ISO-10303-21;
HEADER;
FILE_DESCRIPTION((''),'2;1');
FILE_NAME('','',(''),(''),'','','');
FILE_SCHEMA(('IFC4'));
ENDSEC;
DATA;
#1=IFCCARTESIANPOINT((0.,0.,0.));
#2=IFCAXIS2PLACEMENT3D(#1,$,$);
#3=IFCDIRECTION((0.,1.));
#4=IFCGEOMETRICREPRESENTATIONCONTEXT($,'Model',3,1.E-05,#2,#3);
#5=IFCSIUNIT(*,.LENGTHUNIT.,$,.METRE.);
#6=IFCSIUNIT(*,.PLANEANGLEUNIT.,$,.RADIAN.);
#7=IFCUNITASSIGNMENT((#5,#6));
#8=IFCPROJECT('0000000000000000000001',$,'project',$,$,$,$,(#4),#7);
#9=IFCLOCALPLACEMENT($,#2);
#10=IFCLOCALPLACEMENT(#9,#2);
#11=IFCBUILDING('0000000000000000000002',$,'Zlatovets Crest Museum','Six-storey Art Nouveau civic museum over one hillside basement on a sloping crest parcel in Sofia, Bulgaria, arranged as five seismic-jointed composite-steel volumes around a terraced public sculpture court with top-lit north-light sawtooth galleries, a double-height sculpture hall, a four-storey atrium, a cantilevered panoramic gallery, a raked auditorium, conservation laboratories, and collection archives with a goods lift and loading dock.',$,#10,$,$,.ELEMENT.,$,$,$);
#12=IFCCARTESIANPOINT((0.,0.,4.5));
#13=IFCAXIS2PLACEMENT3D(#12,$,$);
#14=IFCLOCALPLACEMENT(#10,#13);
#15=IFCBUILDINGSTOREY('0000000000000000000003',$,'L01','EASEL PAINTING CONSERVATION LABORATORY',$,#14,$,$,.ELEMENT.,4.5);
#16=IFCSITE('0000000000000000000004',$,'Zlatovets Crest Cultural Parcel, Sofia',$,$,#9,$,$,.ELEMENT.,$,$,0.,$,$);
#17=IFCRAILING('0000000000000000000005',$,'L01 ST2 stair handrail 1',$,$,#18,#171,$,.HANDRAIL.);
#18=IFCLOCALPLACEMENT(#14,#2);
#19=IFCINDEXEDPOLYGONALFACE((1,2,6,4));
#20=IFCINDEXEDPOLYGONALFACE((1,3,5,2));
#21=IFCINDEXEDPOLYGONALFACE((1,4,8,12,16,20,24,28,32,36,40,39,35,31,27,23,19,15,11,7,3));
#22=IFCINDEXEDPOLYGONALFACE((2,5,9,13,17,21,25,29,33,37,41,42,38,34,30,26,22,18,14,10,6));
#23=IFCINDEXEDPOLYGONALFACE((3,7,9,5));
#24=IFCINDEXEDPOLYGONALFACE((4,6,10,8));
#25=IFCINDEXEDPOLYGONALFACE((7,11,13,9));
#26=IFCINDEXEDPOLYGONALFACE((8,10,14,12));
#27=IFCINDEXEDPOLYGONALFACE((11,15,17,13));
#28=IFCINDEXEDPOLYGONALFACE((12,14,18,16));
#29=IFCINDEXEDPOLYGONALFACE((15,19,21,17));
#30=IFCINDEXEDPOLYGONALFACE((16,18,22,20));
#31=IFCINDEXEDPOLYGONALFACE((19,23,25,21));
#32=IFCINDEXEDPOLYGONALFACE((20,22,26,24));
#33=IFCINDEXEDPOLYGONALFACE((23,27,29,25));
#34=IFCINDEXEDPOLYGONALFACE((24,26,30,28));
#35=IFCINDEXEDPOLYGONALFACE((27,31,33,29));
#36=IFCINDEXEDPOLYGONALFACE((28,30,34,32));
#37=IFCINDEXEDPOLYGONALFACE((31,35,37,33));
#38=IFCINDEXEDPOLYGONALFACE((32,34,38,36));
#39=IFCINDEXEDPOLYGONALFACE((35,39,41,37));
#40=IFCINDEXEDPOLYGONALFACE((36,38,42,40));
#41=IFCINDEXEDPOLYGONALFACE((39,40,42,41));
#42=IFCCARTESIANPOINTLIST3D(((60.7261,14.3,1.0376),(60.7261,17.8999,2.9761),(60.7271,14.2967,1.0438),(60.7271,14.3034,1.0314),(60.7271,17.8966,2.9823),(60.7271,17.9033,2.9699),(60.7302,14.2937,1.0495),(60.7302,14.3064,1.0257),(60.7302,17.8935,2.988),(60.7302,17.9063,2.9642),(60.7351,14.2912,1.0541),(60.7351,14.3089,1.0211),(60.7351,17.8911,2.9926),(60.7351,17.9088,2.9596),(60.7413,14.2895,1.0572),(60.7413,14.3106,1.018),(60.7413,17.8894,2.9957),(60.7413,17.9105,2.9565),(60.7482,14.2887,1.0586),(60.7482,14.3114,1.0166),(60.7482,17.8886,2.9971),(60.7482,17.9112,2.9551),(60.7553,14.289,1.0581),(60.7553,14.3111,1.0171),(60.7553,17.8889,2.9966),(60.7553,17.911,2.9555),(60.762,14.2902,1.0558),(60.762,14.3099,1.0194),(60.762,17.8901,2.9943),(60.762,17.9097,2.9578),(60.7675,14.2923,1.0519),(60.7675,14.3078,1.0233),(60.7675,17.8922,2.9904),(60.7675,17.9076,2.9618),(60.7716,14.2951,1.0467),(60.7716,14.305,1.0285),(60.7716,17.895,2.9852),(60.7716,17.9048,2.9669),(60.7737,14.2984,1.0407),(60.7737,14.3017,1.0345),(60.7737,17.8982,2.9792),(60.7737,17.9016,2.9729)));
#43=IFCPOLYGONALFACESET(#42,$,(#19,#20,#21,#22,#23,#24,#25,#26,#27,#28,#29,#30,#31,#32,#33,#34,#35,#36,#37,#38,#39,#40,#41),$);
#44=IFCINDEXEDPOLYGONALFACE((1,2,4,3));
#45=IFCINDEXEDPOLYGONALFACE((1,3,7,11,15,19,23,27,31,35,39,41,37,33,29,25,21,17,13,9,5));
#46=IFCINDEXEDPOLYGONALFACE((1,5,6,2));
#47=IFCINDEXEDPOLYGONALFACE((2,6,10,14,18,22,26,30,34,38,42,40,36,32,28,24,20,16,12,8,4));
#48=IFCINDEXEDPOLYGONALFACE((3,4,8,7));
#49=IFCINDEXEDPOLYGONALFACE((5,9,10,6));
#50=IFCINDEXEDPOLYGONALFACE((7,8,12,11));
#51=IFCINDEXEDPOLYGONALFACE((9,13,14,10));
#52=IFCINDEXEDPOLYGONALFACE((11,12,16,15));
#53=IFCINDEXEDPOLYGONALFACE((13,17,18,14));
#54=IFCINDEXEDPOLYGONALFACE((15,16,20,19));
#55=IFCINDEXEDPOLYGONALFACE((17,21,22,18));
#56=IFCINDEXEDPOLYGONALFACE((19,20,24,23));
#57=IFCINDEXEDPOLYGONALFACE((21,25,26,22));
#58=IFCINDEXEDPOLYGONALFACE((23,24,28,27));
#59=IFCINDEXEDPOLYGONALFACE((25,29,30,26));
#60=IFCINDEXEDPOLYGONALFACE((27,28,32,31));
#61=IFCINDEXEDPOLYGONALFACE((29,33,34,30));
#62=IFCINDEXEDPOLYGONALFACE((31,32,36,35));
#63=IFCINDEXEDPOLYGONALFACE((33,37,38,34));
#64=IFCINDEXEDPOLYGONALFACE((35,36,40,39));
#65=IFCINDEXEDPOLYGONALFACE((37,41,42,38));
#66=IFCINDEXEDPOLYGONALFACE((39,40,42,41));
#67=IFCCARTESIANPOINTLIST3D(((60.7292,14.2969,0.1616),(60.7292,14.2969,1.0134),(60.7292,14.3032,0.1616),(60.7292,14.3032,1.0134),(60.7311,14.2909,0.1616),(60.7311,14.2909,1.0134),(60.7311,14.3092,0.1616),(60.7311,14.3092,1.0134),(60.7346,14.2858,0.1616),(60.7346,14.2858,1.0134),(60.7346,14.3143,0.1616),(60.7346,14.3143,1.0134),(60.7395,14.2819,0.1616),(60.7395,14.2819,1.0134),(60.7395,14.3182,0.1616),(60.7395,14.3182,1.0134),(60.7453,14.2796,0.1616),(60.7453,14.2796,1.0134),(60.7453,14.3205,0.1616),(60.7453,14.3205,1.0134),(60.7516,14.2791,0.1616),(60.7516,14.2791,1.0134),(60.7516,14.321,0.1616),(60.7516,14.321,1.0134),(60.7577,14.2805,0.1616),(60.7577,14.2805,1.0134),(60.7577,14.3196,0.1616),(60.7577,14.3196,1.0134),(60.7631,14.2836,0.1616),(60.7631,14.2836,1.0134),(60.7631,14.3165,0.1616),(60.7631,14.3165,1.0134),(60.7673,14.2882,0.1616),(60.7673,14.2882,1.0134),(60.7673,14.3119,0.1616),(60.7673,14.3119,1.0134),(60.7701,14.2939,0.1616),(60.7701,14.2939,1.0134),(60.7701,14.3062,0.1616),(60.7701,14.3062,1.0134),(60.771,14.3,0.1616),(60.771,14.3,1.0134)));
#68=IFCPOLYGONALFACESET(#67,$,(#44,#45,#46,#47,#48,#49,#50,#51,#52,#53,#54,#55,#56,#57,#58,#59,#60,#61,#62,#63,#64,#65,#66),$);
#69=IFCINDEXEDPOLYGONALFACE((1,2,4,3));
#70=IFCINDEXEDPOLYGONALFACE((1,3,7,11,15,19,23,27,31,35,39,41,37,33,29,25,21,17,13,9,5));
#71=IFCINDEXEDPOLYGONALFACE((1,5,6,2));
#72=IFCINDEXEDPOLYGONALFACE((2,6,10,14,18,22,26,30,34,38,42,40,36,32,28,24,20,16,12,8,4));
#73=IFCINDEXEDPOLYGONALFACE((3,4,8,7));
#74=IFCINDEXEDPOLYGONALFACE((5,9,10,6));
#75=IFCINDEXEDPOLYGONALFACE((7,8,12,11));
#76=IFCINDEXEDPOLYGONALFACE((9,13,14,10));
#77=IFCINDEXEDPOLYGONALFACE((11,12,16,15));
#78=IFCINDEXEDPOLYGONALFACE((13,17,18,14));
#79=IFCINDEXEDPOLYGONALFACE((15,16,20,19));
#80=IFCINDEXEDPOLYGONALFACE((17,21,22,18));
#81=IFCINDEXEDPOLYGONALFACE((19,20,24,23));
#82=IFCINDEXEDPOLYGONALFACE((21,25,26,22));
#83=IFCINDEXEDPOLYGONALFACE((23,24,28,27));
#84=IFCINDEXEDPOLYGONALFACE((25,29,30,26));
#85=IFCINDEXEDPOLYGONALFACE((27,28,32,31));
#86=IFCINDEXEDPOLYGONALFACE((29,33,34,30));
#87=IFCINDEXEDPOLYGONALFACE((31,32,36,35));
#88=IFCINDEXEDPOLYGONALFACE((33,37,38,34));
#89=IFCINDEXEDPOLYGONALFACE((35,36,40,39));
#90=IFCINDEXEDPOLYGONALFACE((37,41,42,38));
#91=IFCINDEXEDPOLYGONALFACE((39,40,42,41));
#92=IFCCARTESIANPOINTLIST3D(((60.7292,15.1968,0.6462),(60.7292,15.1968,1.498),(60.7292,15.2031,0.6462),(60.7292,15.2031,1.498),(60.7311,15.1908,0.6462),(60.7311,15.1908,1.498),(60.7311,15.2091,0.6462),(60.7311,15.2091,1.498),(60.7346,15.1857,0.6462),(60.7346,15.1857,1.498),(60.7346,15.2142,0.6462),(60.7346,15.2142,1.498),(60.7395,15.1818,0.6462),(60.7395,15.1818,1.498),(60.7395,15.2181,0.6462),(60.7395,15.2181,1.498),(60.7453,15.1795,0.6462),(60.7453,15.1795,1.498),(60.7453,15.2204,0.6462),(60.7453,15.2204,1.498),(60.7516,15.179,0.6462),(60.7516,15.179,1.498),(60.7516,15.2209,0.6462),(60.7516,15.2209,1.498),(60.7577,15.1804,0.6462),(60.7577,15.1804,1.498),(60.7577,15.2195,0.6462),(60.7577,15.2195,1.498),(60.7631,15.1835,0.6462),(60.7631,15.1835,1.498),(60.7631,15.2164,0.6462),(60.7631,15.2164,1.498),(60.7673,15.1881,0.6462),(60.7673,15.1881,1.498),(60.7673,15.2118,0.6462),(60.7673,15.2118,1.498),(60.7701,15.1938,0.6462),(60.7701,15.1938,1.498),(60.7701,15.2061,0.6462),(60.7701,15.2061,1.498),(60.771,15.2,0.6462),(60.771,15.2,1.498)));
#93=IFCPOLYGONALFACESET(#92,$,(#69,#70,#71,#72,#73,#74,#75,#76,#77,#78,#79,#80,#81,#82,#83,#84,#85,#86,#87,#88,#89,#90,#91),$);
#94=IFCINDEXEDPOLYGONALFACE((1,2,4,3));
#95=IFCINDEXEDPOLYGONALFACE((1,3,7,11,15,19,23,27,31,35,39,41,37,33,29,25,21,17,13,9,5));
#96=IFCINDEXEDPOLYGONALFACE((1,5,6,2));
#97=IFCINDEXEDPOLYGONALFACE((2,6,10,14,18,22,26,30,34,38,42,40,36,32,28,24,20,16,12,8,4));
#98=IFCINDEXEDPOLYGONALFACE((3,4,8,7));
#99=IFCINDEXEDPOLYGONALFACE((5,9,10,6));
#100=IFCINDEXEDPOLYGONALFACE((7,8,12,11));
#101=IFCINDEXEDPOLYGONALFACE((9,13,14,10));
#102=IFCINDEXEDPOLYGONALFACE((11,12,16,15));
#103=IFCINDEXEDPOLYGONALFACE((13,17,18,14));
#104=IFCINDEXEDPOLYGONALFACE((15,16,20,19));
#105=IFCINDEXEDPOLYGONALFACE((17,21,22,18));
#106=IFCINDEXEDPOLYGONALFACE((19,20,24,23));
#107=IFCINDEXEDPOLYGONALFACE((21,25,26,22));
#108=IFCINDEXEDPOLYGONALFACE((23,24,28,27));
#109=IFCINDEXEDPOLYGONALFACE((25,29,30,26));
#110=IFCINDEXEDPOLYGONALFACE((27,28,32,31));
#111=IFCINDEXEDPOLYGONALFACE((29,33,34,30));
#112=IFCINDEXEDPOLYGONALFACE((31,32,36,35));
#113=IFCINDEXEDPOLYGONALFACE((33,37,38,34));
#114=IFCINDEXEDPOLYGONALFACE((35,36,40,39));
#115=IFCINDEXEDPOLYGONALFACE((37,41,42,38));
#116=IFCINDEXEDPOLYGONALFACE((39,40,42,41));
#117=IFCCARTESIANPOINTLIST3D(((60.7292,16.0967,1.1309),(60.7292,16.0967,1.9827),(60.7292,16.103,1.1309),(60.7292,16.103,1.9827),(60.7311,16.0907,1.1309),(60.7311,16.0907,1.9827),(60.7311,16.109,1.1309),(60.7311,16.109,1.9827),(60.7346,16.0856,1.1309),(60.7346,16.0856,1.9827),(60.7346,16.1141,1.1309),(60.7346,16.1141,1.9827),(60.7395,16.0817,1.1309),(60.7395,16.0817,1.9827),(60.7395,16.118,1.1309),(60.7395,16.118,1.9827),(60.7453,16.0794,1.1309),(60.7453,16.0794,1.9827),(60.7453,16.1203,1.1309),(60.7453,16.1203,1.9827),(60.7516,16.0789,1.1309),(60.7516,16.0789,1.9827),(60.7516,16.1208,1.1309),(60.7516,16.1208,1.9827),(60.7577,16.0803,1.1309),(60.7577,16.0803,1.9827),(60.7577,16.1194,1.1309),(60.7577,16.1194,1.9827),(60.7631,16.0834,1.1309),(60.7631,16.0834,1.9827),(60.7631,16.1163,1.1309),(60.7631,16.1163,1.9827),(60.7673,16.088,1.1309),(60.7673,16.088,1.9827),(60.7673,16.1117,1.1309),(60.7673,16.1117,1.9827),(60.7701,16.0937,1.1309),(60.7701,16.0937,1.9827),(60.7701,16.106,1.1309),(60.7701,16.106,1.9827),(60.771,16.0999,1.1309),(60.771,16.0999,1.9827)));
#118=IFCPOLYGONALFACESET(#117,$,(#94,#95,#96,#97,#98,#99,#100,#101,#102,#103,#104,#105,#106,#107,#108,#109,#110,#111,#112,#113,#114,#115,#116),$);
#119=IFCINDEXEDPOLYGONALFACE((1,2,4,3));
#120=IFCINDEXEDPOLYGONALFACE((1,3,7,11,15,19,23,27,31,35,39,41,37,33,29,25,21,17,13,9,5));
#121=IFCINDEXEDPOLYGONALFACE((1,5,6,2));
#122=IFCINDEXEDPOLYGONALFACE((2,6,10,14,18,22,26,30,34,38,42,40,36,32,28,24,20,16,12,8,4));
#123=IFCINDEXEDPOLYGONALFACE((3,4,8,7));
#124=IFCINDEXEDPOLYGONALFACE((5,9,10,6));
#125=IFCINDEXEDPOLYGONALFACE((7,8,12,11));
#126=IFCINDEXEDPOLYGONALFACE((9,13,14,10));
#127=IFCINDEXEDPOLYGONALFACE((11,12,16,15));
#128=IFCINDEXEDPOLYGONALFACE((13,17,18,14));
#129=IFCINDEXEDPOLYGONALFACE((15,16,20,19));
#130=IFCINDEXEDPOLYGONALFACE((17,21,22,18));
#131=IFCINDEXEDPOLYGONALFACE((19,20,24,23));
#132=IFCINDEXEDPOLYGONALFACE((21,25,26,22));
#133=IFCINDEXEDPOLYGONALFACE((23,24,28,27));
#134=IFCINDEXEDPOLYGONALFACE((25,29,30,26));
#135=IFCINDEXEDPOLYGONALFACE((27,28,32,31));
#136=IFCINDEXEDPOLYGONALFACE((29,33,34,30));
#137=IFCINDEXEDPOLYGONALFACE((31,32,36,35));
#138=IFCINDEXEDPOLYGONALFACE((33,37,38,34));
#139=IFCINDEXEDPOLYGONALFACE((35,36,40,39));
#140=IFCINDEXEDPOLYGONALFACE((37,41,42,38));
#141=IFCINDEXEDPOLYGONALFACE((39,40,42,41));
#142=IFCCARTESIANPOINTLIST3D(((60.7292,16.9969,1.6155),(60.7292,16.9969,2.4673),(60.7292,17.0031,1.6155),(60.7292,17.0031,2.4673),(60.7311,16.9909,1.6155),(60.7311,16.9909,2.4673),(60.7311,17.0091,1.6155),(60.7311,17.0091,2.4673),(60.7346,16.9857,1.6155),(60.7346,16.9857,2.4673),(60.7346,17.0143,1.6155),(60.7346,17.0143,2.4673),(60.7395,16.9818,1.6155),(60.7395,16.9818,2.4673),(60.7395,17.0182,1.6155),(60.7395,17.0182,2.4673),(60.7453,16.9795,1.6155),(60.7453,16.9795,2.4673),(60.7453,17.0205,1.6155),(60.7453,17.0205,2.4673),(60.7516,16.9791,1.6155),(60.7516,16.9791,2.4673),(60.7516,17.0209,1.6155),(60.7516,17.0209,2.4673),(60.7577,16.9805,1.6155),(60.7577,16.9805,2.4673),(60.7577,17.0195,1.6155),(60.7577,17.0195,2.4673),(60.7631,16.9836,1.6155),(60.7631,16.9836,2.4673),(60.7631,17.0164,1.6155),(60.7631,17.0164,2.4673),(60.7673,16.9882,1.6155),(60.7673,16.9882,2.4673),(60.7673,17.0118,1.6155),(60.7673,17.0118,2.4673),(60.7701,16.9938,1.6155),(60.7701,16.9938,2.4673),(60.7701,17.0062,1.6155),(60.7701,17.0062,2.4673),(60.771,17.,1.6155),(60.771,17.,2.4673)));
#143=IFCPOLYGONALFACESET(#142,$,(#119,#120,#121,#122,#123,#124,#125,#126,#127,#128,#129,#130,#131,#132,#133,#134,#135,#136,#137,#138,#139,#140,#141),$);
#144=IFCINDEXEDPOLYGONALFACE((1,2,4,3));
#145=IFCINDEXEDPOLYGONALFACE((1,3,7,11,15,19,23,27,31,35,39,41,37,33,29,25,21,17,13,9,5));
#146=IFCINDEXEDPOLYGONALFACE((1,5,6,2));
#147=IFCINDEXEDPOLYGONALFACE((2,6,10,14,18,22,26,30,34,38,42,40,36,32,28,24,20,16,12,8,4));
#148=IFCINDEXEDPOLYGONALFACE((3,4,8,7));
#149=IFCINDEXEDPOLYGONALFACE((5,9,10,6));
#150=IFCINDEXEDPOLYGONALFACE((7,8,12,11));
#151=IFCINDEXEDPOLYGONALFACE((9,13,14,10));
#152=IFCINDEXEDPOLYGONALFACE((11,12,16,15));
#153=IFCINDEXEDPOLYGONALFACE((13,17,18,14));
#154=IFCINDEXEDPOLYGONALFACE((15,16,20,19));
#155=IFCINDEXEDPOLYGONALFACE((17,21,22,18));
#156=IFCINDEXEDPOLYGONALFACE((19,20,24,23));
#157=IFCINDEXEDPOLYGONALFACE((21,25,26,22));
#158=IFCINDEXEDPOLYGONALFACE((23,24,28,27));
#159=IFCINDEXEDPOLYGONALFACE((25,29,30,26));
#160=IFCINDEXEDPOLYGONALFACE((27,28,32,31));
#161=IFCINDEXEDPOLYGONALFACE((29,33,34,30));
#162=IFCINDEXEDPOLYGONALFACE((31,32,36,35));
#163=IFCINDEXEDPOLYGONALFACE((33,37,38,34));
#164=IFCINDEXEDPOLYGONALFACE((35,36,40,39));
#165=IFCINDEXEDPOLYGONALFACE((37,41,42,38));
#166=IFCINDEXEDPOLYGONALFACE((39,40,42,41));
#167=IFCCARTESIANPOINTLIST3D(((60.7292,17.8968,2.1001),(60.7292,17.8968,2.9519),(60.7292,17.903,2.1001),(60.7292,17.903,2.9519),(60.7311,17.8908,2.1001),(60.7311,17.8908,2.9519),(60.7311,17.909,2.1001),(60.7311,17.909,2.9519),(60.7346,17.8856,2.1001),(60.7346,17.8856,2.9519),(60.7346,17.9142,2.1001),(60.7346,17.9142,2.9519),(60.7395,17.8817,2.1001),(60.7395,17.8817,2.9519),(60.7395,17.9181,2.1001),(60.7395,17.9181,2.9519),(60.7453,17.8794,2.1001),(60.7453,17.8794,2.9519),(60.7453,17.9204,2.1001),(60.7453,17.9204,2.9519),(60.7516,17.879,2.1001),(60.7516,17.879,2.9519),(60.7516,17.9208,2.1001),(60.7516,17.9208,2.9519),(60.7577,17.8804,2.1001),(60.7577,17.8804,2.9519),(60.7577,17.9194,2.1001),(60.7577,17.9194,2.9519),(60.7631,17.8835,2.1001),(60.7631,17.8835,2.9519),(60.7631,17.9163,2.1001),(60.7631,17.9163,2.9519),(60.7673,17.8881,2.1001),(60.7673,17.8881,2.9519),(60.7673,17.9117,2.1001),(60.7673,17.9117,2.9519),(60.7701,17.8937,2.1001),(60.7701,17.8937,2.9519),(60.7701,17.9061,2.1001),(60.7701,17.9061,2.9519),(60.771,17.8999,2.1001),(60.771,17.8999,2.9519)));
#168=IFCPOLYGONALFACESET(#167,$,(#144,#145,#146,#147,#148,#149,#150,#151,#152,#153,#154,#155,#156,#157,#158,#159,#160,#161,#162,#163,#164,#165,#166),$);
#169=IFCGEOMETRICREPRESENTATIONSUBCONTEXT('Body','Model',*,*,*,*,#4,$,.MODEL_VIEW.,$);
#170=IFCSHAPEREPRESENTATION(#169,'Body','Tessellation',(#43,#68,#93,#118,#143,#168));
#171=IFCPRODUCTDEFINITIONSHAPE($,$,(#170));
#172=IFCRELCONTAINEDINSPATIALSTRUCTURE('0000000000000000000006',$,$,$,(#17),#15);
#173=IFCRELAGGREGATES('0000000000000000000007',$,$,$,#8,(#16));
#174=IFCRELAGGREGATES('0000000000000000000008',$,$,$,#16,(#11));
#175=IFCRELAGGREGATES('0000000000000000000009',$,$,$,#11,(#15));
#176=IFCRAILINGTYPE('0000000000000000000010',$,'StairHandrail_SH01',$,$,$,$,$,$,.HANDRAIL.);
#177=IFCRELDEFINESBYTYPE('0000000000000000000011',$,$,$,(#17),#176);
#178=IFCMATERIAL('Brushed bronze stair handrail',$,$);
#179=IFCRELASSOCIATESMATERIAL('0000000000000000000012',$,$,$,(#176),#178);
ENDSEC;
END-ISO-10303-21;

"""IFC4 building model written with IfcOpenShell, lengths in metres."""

from ifc_helpers import new_model, si_unit, direction, frame, origin, origin_2d, place, context, subcontext, project, spatial, circle, extrude, material, type_object, element, save


model = new_model("IFC4")

# Units and contexts
model_context = context("Model", 3, precision=1e-05, world=origin(), true_north=direction((0.0, 1.0)))
body_context = subcontext(model_context, "Body", "Model", "MODEL_VIEW")
ifc_project = project(units=[si_unit("LENGTHUNIT", "METRE"), si_unit("PLANEANGLEUNIT", "RADIAN")], contexts=[model_context])

# Site, building, storey
site_placement = place(None, origin())
site = spatial("IfcSite", under=ifc_project, at=site_placement, Name="Zlatovets Crest Cultural Parcel, Sofia", CompositionType="ELEMENT", RefElevation=0.0)
building_placement = place(site_placement, origin())
building = spatial("IfcBuilding", under=site, at=building_placement, Name="Zlatovets Crest Museum", Description="Six-storey Art Nouveau civic museum over one hillside basement on a sloping crest parcel in Sofia, Bulgaria, arranged as five seismic-jointed composite-steel volumes around a terraced public sculpture court with top-lit north-light sawtooth galleries, a double-height sculpture hall, a four-storey atrium, a cantilevered panoramic gallery, a raked auditorium, conservation laboratories, and collection archives with a goods lift and loading dock.", CompositionType="ELEMENT")
storey_placement = place(building_placement, frame((0.0, 0.0, 4.5)))
storey = spatial("IfcBuildingStorey", under=building, at=storey_placement, Name="L01", Description="EASEL PAINTING CONSERVATION LABORATORY", CompositionType="ELEMENT", Elevation=4.5)

# Railing
ifc_material_1 = material(Name="Brushed bronze stair handrail")
railing_type_1 = type_object("IfcRailingType", Name="StairHandrail_SH01", PredefinedType="HANDRAIL", material=ifc_material_1)
railing_1_placement = place(storey_placement, frame((60.75, 14.3, 0.1616)))
element("IfcRailing", 1, at=railing_1_placement, inside=storey, type_object=railing_type_1, Name="L01 ST2 stair handrail 1", PredefinedType="HANDRAIL", context=body_context, shape_type="SweptSolid", body=[
    extrude(circle(Radius=0.0239, at=origin_2d()), frame((0.0, 0.0, 0.876), z_axis=(0.0, 0.880462, 0.474118), x_axis=(-1.0, 0.0, 0.0)), (0.0, 0.0, 1.0), 4.0886),
    extrude(circle(Radius=0.021, at=origin_2d()), origin(), (0.0, 0.0, 1.0), 0.8518),
    extrude(circle(Radius=0.021, at=origin_2d()), frame((0.0, 0.8999, 0.4846)), (0.0, 0.0, 1.0), 0.8518),
    extrude(circle(Radius=0.021, at=origin_2d()), frame((0.0, 1.7998, 0.9692)), (0.0, 0.0, 1.0), 0.8518),
    extrude(circle(Radius=0.021, at=origin_2d()), frame((0.0, 2.7, 1.4539)), (0.0, 0.0, 1.0), 0.8518),
    extrude(circle(Radius=0.021, at=origin_2d()), frame((0.0, 3.5999, 1.9385)), (0.0, 0.0, 1.0), 0.8518),
])

save(model, "model.ifc")
